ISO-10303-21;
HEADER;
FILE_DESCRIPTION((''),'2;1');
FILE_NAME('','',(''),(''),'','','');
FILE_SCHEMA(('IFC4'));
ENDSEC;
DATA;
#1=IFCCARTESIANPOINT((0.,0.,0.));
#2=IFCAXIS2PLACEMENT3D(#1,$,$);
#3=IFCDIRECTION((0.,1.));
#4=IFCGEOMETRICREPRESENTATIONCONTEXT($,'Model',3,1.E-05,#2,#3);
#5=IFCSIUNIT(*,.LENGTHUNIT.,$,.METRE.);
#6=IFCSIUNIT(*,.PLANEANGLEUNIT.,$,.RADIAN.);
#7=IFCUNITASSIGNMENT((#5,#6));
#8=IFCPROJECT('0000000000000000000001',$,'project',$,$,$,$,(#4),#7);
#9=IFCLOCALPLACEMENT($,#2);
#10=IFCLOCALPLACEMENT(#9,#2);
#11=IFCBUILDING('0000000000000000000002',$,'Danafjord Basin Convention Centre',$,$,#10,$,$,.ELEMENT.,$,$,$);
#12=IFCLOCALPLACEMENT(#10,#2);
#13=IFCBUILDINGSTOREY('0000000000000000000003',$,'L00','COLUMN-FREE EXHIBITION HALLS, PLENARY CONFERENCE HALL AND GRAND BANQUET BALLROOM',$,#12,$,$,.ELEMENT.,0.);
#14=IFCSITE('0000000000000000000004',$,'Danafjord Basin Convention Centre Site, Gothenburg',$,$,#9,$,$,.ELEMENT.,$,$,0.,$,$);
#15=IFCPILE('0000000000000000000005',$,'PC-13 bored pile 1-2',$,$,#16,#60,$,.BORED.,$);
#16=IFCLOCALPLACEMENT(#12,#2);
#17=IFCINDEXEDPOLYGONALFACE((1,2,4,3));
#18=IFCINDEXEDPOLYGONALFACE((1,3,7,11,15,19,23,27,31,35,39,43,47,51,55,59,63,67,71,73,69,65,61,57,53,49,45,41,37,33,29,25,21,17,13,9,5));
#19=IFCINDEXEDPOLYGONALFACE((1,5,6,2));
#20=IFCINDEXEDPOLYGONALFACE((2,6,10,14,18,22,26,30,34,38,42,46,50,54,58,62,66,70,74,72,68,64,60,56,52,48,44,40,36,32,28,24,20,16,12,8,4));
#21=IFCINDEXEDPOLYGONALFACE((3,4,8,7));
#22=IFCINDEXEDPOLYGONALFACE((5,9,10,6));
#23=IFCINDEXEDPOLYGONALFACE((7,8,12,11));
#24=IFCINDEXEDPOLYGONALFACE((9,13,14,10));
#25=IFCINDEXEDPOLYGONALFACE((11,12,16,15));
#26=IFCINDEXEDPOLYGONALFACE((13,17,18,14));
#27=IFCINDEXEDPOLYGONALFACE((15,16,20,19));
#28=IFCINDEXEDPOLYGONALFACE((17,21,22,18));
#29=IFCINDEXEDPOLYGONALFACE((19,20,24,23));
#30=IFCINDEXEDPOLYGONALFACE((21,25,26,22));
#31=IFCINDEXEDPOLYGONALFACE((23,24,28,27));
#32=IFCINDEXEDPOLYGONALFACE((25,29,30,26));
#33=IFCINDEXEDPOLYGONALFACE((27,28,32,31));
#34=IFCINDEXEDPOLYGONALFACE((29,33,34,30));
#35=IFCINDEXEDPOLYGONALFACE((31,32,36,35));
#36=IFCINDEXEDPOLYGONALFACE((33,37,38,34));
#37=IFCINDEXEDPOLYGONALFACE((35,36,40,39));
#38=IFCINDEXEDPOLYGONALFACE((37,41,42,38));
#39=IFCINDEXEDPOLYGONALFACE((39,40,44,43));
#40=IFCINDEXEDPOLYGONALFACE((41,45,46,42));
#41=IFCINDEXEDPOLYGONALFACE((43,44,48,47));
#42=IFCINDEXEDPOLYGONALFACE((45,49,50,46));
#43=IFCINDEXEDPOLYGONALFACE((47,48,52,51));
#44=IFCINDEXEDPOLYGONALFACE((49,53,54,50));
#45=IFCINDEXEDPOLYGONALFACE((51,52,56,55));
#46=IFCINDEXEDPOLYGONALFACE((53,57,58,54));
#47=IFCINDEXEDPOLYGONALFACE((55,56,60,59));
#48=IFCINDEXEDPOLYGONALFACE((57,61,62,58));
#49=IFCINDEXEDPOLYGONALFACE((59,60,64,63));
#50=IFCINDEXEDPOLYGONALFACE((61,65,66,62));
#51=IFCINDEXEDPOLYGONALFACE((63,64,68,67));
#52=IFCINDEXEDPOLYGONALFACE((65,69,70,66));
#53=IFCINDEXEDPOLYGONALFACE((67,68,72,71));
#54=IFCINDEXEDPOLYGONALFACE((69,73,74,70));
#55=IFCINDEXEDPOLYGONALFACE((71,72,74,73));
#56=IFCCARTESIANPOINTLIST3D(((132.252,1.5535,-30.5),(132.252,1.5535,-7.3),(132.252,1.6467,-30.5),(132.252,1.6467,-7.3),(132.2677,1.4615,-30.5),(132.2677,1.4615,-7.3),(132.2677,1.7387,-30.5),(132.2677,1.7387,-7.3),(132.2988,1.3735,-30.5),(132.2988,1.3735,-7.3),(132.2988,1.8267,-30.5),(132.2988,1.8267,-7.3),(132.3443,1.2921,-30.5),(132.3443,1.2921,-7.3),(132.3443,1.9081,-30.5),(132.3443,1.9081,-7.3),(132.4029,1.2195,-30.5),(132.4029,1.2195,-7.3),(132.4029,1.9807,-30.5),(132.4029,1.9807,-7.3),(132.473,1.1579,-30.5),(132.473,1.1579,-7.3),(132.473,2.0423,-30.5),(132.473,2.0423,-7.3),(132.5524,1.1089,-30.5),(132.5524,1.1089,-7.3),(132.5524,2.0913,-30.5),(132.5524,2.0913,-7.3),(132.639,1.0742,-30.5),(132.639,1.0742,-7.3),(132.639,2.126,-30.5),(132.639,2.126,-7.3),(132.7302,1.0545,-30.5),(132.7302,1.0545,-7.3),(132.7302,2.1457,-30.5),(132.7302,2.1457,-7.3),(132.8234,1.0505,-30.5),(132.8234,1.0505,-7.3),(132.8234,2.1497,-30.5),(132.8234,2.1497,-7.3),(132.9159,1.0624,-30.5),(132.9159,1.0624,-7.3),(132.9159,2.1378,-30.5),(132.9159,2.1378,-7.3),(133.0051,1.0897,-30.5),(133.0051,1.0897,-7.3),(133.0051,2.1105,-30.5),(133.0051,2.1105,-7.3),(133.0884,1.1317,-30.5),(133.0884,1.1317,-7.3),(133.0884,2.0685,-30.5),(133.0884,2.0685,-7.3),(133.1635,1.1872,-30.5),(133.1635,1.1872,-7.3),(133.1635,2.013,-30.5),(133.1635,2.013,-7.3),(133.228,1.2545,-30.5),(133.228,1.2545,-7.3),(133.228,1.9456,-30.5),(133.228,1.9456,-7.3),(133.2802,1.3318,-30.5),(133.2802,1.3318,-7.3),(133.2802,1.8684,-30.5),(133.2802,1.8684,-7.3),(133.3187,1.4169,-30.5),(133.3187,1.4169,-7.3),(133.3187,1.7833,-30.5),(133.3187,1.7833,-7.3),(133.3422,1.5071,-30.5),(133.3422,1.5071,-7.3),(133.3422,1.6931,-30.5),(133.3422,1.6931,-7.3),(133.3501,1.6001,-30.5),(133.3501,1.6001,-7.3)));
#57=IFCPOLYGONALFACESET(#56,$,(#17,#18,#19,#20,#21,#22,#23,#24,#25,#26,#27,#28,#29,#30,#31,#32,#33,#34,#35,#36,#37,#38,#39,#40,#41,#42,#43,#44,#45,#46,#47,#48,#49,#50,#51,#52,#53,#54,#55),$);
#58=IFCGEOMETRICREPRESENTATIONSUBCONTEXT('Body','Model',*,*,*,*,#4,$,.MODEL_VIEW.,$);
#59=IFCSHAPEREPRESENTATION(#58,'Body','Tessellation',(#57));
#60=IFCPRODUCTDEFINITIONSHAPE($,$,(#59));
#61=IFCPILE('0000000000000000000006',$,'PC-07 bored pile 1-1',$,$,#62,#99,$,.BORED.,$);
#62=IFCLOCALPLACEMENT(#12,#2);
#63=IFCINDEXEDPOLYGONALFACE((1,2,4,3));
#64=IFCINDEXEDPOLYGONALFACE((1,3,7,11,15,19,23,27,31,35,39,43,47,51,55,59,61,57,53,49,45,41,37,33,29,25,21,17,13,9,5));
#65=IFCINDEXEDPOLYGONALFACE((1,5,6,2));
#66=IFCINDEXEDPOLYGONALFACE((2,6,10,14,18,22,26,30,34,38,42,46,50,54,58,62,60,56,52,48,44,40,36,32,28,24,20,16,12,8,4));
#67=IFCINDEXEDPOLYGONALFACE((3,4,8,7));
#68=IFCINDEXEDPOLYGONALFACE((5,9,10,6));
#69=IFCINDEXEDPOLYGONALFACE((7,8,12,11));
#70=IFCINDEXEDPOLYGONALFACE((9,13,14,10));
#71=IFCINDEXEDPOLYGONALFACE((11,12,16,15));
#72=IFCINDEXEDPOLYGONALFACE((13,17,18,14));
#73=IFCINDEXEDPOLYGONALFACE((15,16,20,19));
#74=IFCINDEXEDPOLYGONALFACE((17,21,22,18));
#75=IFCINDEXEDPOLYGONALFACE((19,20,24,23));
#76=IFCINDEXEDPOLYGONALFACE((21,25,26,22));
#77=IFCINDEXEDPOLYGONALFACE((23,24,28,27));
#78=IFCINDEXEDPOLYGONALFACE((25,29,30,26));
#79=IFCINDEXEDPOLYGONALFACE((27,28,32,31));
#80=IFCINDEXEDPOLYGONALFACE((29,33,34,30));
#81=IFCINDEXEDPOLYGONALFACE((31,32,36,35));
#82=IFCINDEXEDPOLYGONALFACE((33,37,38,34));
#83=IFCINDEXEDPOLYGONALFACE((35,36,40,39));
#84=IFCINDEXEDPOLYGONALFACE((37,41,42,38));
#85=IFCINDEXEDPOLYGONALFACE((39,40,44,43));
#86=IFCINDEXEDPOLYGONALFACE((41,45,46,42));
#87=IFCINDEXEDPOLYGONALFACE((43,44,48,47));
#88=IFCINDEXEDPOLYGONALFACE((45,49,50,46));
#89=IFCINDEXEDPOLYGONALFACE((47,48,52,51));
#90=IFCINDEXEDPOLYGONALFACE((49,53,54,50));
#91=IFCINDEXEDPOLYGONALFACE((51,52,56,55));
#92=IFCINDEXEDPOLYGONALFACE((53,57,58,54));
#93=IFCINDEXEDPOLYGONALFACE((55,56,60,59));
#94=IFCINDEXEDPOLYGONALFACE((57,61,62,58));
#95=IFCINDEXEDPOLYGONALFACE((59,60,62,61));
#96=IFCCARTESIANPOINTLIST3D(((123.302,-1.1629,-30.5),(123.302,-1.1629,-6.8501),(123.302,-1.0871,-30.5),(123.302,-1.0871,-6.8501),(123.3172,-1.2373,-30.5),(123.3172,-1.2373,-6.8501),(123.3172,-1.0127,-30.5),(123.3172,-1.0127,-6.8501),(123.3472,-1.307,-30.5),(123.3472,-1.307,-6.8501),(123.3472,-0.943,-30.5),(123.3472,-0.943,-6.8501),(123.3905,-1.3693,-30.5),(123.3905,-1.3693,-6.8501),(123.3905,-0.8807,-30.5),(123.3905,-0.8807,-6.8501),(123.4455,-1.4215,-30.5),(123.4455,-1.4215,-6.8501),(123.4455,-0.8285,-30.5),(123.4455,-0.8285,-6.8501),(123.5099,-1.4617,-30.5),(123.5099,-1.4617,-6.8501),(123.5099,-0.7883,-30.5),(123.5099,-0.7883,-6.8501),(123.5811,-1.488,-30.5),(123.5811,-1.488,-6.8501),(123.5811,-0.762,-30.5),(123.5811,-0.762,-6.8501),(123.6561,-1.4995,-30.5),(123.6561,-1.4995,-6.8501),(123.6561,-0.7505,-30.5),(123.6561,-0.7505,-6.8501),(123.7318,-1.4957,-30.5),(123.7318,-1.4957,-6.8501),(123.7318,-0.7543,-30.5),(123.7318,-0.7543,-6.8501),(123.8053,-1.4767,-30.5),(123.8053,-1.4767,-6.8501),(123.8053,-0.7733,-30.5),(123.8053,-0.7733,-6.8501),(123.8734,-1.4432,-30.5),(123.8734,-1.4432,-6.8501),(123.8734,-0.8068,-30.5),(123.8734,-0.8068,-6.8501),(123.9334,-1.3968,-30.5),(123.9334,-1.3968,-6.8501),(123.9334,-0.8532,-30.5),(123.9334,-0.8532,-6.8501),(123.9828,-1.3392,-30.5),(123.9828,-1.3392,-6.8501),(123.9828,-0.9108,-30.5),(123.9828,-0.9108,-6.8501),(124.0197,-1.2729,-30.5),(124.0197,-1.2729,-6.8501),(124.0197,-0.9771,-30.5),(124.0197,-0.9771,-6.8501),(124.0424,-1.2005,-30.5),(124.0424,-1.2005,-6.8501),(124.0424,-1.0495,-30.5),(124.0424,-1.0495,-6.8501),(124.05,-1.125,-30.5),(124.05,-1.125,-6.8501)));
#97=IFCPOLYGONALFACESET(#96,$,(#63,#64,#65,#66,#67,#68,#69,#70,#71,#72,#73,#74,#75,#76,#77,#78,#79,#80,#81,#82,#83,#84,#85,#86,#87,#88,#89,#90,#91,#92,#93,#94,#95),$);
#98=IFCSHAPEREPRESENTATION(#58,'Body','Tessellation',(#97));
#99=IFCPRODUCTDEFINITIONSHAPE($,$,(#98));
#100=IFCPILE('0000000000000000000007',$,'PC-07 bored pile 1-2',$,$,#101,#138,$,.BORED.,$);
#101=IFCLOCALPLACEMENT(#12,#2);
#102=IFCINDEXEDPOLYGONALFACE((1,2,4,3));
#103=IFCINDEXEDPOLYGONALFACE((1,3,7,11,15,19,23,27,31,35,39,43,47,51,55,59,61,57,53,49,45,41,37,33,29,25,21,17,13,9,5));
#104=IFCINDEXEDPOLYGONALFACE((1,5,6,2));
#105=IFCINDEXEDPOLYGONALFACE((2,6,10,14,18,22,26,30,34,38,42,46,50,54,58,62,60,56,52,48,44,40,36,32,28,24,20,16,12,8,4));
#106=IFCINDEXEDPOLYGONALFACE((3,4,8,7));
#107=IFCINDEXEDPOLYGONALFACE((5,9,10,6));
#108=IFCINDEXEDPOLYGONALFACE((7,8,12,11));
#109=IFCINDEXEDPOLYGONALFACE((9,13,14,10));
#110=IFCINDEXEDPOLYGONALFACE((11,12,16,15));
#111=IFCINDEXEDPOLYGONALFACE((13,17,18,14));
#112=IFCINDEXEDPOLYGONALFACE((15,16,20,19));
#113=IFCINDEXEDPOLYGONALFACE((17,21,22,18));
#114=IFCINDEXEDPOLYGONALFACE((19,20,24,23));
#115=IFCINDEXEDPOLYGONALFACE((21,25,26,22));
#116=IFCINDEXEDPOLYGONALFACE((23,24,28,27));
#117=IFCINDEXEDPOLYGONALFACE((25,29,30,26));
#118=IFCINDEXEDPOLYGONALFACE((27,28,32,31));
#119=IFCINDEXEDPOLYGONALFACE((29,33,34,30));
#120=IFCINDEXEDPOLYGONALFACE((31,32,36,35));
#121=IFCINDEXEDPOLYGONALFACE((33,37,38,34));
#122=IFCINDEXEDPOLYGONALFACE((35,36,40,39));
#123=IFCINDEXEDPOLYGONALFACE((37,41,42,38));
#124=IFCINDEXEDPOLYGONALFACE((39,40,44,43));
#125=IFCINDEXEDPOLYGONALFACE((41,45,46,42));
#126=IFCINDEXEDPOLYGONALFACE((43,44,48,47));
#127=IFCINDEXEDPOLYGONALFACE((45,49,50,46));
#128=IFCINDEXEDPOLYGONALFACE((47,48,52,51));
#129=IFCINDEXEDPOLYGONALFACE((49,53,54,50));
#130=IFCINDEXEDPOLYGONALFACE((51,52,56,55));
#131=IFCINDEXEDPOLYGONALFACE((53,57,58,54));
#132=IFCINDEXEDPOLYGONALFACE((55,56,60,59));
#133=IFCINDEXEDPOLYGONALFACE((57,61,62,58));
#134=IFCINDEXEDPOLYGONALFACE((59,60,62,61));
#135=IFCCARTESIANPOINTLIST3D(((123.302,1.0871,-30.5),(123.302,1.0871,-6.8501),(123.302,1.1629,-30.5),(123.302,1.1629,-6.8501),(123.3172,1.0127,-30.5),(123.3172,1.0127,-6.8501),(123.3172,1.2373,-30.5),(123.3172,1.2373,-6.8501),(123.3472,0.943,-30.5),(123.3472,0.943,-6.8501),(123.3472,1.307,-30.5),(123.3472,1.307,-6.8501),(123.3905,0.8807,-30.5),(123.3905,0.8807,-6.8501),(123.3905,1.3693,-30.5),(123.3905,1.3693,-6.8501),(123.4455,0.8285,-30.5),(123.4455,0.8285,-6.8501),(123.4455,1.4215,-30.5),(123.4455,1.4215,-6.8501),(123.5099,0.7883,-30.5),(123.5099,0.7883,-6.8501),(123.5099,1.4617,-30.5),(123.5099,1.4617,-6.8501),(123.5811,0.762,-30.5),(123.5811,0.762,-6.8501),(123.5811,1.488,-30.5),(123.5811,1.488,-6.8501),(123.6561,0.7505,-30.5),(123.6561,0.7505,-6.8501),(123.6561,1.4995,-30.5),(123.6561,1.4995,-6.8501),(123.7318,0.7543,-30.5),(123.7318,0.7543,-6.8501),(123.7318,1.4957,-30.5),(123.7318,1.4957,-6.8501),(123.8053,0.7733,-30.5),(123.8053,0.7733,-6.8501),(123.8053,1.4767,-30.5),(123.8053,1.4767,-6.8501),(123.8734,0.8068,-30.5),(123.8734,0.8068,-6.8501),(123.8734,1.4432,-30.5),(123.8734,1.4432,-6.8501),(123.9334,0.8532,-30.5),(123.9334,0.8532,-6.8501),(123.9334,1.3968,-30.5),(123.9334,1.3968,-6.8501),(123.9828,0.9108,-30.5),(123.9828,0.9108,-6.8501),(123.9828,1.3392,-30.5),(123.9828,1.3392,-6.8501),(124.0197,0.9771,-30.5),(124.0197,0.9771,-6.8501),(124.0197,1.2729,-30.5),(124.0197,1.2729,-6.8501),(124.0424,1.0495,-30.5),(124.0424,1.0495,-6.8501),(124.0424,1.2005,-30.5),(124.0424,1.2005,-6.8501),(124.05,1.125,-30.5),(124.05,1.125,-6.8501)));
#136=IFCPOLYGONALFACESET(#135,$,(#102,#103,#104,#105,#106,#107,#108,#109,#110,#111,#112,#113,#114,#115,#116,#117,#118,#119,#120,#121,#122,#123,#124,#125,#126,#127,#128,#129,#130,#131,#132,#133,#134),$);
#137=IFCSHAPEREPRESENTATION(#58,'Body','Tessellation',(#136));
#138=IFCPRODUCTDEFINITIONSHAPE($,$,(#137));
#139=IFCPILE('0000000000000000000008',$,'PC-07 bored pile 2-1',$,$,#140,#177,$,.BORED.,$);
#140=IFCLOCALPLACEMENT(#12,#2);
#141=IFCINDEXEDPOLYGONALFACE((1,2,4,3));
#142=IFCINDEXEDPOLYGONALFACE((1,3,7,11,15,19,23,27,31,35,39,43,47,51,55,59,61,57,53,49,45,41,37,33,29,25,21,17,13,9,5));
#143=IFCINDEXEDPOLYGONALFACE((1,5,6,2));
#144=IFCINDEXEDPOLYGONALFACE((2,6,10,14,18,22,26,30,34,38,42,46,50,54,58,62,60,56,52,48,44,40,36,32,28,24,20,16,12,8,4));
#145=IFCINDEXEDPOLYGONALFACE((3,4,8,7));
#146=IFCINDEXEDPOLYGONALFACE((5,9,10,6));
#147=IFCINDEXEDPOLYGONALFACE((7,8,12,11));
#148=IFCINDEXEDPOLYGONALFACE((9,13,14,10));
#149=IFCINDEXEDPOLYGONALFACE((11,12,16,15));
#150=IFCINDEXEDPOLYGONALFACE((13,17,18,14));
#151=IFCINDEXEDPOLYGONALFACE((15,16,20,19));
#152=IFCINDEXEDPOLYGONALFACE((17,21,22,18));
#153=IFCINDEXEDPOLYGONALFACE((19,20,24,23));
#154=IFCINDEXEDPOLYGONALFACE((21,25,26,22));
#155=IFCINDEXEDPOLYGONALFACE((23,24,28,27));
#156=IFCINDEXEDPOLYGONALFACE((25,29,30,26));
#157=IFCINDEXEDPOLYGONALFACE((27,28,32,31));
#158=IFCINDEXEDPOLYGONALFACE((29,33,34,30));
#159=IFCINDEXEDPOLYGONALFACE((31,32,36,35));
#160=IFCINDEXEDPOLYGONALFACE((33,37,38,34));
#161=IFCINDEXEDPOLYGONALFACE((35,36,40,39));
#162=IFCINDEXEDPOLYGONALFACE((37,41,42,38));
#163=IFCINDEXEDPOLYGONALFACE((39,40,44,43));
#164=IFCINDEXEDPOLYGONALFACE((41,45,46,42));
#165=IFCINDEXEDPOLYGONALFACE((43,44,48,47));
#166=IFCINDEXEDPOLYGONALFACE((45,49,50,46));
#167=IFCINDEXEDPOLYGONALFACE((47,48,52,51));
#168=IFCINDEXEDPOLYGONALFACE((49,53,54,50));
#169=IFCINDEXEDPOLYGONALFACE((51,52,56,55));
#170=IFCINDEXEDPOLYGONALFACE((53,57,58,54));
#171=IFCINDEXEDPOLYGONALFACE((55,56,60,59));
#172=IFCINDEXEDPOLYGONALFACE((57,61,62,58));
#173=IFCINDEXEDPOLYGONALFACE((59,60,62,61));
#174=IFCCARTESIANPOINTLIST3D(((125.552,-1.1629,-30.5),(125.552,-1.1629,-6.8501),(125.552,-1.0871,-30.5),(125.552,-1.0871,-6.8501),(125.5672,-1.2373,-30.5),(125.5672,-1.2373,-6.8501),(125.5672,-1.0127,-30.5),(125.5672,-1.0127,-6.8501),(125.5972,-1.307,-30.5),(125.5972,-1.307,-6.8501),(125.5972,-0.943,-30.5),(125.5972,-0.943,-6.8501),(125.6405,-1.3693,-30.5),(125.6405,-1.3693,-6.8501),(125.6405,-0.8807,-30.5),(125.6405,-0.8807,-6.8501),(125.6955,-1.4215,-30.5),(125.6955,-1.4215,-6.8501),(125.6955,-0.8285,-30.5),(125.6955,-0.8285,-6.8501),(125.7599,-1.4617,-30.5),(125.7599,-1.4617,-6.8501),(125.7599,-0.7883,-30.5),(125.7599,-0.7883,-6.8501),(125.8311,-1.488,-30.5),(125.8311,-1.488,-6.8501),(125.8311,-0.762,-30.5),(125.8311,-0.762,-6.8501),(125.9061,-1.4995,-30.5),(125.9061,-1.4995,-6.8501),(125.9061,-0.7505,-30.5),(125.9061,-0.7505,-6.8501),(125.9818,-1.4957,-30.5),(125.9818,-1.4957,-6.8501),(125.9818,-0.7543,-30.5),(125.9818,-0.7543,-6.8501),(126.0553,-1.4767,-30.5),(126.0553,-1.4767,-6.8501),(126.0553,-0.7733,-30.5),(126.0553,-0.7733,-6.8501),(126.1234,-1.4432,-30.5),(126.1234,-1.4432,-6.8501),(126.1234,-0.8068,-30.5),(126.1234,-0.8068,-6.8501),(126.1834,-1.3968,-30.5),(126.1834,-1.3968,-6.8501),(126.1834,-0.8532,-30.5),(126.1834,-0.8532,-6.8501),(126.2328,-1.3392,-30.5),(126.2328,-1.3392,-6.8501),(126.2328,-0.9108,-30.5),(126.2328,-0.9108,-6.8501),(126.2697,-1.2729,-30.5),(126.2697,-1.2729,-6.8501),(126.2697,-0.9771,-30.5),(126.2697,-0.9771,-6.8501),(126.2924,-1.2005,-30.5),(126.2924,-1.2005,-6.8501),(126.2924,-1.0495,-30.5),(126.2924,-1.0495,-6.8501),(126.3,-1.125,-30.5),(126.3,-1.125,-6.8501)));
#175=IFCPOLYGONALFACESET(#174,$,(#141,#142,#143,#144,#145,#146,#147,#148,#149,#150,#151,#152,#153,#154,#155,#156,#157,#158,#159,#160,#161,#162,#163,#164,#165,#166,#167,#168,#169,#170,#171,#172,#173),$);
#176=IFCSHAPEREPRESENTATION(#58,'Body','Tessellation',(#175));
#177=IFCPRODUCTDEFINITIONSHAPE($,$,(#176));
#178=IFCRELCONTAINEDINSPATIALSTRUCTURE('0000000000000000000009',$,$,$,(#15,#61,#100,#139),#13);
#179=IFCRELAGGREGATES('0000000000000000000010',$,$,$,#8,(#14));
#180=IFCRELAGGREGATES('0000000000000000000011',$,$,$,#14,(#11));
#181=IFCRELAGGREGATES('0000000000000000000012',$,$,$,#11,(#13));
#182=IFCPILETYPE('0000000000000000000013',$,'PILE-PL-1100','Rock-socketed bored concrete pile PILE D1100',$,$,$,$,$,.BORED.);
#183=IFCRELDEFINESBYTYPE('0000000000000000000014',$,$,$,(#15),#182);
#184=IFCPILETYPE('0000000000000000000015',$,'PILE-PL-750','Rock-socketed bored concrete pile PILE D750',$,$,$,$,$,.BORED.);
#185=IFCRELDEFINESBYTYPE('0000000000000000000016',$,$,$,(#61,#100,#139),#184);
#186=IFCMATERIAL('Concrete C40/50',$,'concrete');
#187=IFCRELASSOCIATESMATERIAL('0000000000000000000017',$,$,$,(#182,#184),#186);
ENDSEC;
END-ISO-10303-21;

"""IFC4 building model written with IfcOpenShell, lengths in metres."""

from ifc_helpers import new_model, si_unit, direction, frame, origin, origin_2d, place, context, subcontext, project, spatial, circle, extrude, material, material_profile, profile_set, type_object, element, save


model = new_model("IFC4")

# Units and contexts
model_context = context("Model", 3, precision=1e-05, world=origin(), true_north=direction((0.0, 1.0)))
body_context = subcontext(model_context, "Body", "Model", "MODEL_VIEW")
ifc_project = project(units=[si_unit("LENGTHUNIT", "METRE"), si_unit("PLANEANGLEUNIT", "RADIAN")], contexts=[model_context])

# Site, building, storey
site_placement = place(None, origin())
site = spatial("IfcSite", under=ifc_project, at=site_placement, Name="Danafjord Basin Convention Centre Site, Gothenburg", CompositionType="ELEMENT", RefElevation=0.0)
building_placement = place(site_placement, origin())
building = spatial("IfcBuilding", under=site, at=building_placement, Name="Danafjord Basin Convention Centre", CompositionType="ELEMENT")
storey_placement = place(building_placement, origin())
storey = spatial("IfcBuildingStorey", under=building, at=storey_placement, Name="L00", Description="COLUMN-FREE EXHIBITION HALLS, PLENARY CONFERENCE HALL AND GRAND BANQUET BALLROOM", CompositionType="ELEMENT", Elevation=0.0)

# Shared definitions
ifc_material_1 = material(Name="Concrete C40/50", Category="concrete")

# Piles
ifc_material_profile_1 = material_profile(ifc_material_1, circle(Radius=0.55, at=origin_2d()), Name="PILE D1100")
ifc_profile_set_1 = profile_set([ifc_material_profile_1], Name="Concrete C40/50")
pile_type_1 = type_object("IfcPileType", Name="PILE-PL-1100", Description="Rock-socketed bored concrete pile PILE D1100", PredefinedType="BORED", material=ifc_profile_set_1)
for number, where, z_axis, x_axis, name in (
    (1, (132.8, 1.6001, -7.3), (0.0, 0.0, -1.0), (1.0, 0.0, 0.0), "PC-13 bored pile 1-2"),
):
    element("IfcPile", number, at=place(storey_placement, frame(where, z_axis=z_axis, x_axis=x_axis)), inside=storey, type_object=pile_type_1, Name=name, PredefinedType="BORED", context=body_context, shape_type="SweptSolid", body=[
        extrude(circle(Radius=0.55, at=origin_2d()), origin(), (0.0, 0.0, 1.0), 23.2),
    ])
ifc_material_profile_2 = material_profile(ifc_material_1, circle(Radius=0.375, at=origin_2d()), Name="PILE D750")
ifc_profile_set_2 = profile_set([ifc_material_profile_2], Name="Concrete C40/50")
pile_type_2 = type_object("IfcPileType", Name="PILE-PL-750", Description="Rock-socketed bored concrete pile PILE D750", PredefinedType="BORED", material=ifc_profile_set_2)
for number, where, z_axis, x_axis, name in (
    (2, (123.675, -1.125, -6.8501), (0.0, 0.0, -1.0), (1.0, 0.0, 0.0), "PC-07 bored pile 1-1"),
    (3, (123.675, 1.125, -6.8501), (0.0, 0.0, -1.0), (1.0, 0.0, 0.0), "PC-07 bored pile 1-2"),
    (4, (125.925, -1.125, -6.8501), (0.0, 0.0, -1.0), (1.0, 0.0, 0.0), "PC-07 bored pile 2-1"),
):
    element("IfcPile", number, at=place(storey_placement, frame(where, z_axis=z_axis, x_axis=x_axis)), inside=storey, type_object=pile_type_2, Name=name, PredefinedType="BORED", context=body_context, shape_type="SweptSolid", body=[
        extrude(circle(Radius=0.375, at=origin_2d()), origin(), (0.0, 0.0, 1.0), 23.6499),
    ])

save(model, "model.ifc")
